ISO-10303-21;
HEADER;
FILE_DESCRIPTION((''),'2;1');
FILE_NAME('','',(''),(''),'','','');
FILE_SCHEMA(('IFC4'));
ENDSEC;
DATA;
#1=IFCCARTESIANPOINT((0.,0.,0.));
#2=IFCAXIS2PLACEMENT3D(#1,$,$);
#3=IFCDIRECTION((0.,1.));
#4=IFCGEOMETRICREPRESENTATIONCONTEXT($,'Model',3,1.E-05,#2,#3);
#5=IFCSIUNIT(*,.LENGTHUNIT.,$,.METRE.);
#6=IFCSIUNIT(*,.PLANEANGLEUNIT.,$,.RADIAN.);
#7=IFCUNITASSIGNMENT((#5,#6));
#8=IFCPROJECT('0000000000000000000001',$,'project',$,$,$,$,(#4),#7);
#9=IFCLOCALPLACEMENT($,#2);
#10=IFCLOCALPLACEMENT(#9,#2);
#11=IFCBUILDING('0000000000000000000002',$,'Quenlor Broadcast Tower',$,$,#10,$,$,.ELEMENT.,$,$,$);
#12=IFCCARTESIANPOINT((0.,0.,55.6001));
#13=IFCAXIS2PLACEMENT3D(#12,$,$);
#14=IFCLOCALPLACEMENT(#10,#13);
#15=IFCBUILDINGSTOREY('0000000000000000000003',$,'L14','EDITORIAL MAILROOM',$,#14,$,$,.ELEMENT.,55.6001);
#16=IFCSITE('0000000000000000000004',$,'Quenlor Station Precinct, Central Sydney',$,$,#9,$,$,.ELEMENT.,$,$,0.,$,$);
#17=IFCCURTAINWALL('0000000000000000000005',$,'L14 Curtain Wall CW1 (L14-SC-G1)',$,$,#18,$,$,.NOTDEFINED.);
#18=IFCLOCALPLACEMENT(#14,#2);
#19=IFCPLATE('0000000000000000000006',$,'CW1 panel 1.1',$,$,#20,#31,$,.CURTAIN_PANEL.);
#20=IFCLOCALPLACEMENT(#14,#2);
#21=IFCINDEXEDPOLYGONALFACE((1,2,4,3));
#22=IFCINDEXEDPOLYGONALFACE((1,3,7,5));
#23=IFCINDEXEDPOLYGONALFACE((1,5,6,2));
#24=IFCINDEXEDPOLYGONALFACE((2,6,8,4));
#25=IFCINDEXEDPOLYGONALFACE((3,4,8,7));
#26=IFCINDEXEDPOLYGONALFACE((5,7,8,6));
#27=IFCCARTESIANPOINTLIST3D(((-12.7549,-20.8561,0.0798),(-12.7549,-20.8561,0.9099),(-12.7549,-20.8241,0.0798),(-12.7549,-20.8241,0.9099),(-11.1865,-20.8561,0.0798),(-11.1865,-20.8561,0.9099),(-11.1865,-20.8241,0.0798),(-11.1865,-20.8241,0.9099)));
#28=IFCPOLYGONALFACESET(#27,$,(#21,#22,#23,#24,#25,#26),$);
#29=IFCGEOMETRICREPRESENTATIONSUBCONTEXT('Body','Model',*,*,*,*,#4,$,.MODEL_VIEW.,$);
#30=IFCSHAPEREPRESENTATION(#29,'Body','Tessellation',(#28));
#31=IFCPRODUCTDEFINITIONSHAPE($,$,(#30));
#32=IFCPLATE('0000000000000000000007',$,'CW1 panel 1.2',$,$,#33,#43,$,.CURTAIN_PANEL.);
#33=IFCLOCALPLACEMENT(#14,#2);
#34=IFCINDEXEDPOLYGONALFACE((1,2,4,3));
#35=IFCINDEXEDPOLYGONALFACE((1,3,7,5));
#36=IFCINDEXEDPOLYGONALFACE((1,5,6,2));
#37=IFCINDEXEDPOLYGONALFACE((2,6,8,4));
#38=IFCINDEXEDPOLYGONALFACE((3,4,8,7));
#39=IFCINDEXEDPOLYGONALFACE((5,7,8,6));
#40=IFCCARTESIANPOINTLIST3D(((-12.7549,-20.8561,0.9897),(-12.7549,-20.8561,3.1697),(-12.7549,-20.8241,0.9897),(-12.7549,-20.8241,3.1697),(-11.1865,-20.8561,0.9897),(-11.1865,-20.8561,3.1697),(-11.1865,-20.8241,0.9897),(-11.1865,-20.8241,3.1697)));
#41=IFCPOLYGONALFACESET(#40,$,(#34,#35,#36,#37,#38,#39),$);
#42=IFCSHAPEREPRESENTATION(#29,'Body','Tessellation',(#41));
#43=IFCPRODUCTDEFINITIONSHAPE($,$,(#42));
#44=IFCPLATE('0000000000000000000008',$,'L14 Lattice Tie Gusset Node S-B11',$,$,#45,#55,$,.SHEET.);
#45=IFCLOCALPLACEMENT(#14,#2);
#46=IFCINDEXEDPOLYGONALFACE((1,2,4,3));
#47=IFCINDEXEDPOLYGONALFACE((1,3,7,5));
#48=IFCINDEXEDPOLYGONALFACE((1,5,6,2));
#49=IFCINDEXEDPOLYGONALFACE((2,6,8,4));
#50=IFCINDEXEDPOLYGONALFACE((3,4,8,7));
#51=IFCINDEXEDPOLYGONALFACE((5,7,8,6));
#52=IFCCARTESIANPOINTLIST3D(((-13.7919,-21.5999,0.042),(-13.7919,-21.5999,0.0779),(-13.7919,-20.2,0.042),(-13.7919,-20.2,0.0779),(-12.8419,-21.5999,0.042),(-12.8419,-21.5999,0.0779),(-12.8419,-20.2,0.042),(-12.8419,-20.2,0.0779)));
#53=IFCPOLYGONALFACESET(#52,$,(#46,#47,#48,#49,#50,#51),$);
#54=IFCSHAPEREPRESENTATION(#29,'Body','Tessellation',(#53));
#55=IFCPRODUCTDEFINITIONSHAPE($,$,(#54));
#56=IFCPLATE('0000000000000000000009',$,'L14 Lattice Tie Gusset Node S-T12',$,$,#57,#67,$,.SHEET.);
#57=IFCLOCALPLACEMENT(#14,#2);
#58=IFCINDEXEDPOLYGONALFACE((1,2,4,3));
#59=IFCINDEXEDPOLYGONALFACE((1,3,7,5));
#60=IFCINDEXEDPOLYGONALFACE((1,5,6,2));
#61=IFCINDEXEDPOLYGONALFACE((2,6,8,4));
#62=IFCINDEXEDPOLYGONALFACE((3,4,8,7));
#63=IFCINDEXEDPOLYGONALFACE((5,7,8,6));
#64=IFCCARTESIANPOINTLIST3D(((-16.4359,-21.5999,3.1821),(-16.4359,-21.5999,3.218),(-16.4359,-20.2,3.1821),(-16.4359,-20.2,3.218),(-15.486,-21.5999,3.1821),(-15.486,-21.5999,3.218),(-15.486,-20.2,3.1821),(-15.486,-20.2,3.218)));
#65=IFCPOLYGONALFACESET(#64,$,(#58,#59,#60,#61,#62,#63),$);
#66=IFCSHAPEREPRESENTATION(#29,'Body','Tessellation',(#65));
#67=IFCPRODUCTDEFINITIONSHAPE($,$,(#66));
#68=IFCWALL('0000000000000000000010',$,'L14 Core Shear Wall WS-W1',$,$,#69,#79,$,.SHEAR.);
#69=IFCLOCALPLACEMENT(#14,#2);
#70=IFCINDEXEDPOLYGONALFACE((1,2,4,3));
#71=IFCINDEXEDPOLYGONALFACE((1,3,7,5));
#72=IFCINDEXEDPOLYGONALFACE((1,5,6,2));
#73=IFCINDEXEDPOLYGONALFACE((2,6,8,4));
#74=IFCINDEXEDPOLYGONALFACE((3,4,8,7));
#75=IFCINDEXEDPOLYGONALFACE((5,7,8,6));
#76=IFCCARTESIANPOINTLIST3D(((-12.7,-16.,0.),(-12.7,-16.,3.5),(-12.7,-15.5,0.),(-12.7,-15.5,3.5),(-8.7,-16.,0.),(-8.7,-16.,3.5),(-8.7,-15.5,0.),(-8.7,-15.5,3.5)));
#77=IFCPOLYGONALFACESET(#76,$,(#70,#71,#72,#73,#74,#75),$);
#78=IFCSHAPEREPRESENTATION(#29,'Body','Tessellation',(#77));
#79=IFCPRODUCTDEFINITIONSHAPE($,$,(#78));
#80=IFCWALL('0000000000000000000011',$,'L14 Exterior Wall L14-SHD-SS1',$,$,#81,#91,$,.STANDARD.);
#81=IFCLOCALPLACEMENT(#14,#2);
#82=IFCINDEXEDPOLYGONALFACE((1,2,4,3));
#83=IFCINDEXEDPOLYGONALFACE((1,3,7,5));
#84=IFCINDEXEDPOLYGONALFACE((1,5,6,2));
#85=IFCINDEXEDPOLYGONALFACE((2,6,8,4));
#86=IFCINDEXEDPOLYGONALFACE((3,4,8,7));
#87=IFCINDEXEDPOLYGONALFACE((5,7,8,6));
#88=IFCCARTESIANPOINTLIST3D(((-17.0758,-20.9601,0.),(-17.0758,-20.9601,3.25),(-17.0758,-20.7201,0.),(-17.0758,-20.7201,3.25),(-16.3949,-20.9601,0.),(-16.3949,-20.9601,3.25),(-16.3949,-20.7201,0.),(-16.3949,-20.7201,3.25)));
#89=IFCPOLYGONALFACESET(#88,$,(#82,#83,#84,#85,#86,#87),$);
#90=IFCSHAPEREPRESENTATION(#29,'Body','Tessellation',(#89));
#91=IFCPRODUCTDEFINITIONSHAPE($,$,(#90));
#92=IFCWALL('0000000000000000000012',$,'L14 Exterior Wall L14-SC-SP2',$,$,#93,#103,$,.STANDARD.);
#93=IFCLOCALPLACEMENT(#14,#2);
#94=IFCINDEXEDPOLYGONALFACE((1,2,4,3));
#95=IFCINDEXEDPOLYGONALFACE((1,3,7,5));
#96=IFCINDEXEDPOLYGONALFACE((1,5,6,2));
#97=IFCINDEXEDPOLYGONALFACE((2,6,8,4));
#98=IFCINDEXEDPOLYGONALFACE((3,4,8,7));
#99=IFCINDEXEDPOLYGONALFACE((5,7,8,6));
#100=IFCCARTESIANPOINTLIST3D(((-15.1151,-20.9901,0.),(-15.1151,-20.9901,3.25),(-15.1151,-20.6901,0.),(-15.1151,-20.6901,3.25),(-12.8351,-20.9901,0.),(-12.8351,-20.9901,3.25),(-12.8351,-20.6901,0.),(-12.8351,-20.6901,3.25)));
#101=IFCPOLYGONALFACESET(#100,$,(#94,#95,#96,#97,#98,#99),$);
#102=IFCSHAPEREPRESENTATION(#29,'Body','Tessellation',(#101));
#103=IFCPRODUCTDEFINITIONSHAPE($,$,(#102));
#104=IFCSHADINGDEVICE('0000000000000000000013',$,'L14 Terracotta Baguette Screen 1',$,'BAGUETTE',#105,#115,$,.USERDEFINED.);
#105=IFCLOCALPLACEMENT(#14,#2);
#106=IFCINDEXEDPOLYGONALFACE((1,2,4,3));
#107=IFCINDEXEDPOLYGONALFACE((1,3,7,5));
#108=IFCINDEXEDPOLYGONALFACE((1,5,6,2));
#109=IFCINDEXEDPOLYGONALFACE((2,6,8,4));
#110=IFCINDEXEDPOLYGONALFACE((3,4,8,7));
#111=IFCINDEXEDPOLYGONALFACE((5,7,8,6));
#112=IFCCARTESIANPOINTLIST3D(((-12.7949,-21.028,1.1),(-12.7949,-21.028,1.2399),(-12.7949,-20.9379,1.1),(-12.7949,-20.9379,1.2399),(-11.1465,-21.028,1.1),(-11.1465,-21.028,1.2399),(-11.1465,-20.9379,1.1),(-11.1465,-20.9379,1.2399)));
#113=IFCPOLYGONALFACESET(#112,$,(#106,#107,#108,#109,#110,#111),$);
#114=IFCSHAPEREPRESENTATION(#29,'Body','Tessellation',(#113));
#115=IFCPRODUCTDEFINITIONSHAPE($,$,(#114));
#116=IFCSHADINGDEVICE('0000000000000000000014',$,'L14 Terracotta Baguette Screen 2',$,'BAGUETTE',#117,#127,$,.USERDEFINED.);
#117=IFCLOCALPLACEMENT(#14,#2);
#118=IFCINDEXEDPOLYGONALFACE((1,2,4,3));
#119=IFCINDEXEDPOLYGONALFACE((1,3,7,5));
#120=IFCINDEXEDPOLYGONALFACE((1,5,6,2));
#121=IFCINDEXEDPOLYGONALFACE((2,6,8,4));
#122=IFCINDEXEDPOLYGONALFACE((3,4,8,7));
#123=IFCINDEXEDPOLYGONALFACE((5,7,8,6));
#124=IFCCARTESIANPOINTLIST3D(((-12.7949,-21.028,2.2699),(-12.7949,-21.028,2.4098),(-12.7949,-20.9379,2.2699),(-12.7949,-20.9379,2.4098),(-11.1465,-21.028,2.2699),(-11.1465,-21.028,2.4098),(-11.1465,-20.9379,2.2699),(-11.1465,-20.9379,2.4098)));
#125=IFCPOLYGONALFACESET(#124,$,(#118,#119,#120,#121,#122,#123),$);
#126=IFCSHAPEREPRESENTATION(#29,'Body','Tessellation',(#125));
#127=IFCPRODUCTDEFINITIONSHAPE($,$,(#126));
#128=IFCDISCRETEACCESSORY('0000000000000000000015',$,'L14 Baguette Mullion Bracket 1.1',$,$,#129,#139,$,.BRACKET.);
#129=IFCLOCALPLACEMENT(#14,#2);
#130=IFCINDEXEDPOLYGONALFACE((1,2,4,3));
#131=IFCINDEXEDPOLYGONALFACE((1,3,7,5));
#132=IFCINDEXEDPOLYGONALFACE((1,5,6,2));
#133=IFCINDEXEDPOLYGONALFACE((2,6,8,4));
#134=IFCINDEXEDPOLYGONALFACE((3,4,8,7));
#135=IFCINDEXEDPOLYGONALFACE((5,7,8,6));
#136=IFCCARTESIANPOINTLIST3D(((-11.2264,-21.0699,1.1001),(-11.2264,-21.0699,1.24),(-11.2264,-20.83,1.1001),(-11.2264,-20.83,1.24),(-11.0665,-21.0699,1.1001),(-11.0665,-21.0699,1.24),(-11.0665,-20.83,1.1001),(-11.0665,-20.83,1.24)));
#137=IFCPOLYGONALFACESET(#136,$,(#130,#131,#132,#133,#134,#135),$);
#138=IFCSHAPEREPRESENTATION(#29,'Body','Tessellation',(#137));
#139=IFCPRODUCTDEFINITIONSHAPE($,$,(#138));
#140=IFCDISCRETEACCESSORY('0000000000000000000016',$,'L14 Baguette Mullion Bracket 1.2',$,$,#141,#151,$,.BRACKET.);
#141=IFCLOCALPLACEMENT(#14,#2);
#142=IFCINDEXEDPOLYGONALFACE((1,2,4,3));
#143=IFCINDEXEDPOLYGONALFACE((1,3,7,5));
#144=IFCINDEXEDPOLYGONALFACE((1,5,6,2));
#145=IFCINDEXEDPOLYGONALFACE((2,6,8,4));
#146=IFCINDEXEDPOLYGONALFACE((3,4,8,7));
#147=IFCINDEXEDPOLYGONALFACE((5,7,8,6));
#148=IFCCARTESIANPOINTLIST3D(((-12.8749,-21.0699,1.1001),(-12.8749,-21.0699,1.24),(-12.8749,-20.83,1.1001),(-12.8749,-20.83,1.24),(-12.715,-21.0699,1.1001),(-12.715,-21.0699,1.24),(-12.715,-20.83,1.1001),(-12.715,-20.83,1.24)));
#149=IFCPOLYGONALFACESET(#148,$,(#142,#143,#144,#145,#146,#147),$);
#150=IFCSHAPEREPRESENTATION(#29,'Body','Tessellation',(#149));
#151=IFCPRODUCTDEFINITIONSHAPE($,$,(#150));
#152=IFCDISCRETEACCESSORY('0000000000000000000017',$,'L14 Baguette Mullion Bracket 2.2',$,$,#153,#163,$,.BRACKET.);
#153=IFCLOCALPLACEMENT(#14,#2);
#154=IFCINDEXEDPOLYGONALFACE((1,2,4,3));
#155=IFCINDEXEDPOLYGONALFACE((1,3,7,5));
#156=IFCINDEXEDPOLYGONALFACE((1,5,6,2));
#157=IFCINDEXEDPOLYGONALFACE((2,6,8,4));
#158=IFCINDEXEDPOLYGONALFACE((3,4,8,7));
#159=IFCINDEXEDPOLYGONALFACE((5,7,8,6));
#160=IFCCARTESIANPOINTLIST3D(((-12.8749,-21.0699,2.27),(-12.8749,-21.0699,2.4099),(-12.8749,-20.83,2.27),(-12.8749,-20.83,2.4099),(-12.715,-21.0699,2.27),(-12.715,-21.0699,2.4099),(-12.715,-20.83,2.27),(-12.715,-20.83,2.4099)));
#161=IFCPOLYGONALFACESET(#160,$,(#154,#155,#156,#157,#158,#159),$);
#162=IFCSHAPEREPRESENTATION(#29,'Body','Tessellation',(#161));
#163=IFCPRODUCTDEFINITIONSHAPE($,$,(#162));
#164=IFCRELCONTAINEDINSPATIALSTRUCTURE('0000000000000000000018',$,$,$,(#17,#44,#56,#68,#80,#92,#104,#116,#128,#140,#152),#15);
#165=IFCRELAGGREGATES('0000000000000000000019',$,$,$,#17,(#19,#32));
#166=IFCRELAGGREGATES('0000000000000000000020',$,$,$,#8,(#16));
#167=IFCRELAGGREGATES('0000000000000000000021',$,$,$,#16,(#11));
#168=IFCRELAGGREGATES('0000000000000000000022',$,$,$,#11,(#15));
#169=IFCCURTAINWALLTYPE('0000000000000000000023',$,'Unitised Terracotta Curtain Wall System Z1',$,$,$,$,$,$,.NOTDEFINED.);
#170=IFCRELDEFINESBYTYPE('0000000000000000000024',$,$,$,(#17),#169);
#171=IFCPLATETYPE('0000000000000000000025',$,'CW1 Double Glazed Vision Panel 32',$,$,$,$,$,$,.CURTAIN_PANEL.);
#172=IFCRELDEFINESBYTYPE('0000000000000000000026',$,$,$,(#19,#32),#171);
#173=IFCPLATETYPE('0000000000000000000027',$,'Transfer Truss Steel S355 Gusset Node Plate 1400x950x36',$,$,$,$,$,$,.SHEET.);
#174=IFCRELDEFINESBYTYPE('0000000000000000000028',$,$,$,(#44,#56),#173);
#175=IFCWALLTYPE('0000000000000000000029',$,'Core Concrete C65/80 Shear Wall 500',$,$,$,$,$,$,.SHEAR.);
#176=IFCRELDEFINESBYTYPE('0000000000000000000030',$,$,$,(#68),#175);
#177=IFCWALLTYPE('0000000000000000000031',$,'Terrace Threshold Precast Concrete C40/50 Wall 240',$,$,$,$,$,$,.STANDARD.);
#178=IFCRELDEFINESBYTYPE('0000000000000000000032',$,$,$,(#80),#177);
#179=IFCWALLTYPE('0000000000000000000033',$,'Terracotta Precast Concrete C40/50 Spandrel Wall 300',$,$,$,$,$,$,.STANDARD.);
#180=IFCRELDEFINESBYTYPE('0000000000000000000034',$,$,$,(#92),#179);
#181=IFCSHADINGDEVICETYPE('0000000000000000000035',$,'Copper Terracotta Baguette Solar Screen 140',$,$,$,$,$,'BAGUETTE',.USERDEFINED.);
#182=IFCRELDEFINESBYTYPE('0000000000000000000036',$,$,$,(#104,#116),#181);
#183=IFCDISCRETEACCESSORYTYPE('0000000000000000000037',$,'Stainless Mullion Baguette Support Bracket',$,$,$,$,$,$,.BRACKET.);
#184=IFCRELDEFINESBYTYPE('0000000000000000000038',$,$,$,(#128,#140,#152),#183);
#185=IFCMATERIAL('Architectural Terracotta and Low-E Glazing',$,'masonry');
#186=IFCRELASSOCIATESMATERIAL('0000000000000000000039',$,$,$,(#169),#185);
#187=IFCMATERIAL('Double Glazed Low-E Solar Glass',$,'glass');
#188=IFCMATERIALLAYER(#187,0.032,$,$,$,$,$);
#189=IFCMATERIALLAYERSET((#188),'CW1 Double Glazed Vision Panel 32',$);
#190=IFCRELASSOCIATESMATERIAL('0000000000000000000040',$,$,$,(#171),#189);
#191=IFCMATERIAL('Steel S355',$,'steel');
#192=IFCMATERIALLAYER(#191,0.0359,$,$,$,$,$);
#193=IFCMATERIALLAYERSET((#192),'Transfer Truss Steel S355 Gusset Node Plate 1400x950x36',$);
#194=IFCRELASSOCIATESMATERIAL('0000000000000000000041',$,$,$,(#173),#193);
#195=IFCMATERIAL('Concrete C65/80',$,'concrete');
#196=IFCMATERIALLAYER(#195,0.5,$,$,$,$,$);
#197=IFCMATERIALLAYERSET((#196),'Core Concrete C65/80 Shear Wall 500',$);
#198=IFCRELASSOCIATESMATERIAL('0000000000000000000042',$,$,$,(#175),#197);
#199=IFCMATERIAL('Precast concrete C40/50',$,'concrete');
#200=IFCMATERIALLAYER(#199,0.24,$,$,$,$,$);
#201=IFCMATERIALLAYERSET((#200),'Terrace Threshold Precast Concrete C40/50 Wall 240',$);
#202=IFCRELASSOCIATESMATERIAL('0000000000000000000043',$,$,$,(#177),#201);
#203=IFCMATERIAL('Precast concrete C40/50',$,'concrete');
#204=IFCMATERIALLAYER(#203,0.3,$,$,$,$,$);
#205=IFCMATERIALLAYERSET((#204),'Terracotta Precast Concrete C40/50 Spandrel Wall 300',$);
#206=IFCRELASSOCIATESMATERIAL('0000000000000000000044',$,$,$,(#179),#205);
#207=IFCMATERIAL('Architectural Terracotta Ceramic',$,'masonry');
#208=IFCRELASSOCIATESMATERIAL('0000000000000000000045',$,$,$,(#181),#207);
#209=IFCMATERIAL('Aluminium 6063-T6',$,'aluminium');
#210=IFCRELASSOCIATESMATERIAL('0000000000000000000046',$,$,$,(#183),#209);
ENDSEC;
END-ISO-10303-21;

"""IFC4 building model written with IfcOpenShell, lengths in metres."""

from ifc_helpers import new_model, si_unit, direction, frame, frame_2d, origin, origin_2d, place, context, subcontext, project, spatial, rectangle, extrude, material, layer, layer_set, material_profile, profile_set, type_object, element, aggregate, save


model = new_model("IFC4")

# Units and contexts
model_context = context("Model", 3, precision=1e-05, world=origin(), true_north=direction((0.0, 1.0)))
body_context = subcontext(model_context, "Body", "Model", "MODEL_VIEW")
ifc_project = project(units=[si_unit("LENGTHUNIT", "METRE"), si_unit("PLANEANGLEUNIT", "RADIAN")], contexts=[model_context])

# Site, building, storey
site_placement = place(None, origin())
site = spatial("IfcSite", under=ifc_project, at=site_placement, Name="Quenlor Station Precinct, Central Sydney", CompositionType="ELEMENT", RefElevation=0.0)
building_placement = place(site_placement, origin())
building = spatial("IfcBuilding", under=site, at=building_placement, Name="Quenlor Broadcast Tower", CompositionType="ELEMENT")
storey_placement = place(building_placement, frame((0.0, 0.0, 55.6001)))
storey = spatial("IfcBuildingStorey", under=building, at=storey_placement, Name="L14", Description="EDITORIAL MAILROOM", CompositionType="ELEMENT", Elevation=55.6001)

# Curtain wall
ifc_material_1 = material(Name="Architectural Terracotta and Low-E Glazing", Category="masonry")
curtain_wall_type = type_object("IfcCurtainWallType", Name="Unitised Terracotta Curtain Wall System Z1", PredefinedType="NOTDEFINED", material=ifc_material_1)
curtain_wall_placement = place(storey_placement, origin())
curtain_wall = element("IfcCurtainWall", 1, at=curtain_wall_placement, inside=storey, type_object=curtain_wall_type, Name="L14 Curtain Wall CW1 (L14-SC-G1)", PredefinedType="NOTDEFINED")

# Plates
ifc_material_2 = material(Name="Double Glazed Low-E Solar Glass", Category="glass")
ifc_layer_1 = layer(ifc_material_2, 0.032)
ifc_layer_set_1 = layer_set([ifc_layer_1], Name="CW1 Double Glazed Vision Panel 32")
plate_type_1 = type_object("IfcPlateType", Name="CW1 Double Glazed Vision Panel 32", PredefinedType="CURTAIN_PANEL", material=ifc_layer_set_1)
plate_1_placement = place(storey_placement, frame((-11.9707, -20.8401, 0.0798), z_axis=(0.0, 0.0, 1.0), x_axis=(-1.0, 0.0, 0.0)))
plate_1 = element("IfcPlate", 2, at=plate_1_placement, type_object=plate_type_1, Name="CW1 panel 1.1", PredefinedType="CURTAIN_PANEL", context=body_context, shape_type="SweptSolid", body=[
    extrude(rectangle(XDim=1.5684, YDim=0.032, at=origin_2d()), origin(), (0.0, 0.0, 1.0), 0.8301),
])
plate_2_placement = place(storey_placement, frame((-11.9707, -20.8401, 0.9897), z_axis=(0.0, 0.0, 1.0), x_axis=(-1.0, 0.0, 0.0)))
plate_2 = element("IfcPlate", 3, at=plate_2_placement, type_object=plate_type_1, Name="CW1 panel 1.2", PredefinedType="CURTAIN_PANEL", context=body_context, shape_type="SweptSolid", body=[
    extrude(rectangle(XDim=1.5684, YDim=0.032, at=origin_2d()), origin(), (0.0, 0.0, 1.0), 2.1799),
])
aggregate(curtain_wall, [plate_1, plate_2])

# Plates
ifc_material_3 = material(Name="Steel S355", Category="steel")
ifc_layer_2 = layer(ifc_material_3, 0.0359)
ifc_layer_set_2 = layer_set([ifc_layer_2], Name="Transfer Truss Steel S355 Gusset Node Plate 1400x950x36")
plate_type_2 = type_object("IfcPlateType", Name="Transfer Truss Steel S355 Gusset Node Plate 1400x950x36", PredefinedType="SHEET", material=ifc_layer_set_2)
for number, where, z_axis, x_axis, name in (
    (4, (-13.3169, -20.8999, 0.042), (0.0, 0.0, 1.0), (0.0, -1.0, 0.0), "L14 Lattice Tie Gusset Node S-B11"),
    (5, (-15.9609, -20.8999, 3.1821), (0.0, 0.0, 1.0), (0.0, -1.0, 0.0), "L14 Lattice Tie Gusset Node S-T12"),
):
    element("IfcPlate", number, at=place(storey_placement, frame(where, z_axis=z_axis, x_axis=x_axis)), inside=storey, type_object=plate_type_2, Name=name, PredefinedType="SHEET", context=body_context, shape_type="SweptSolid", body=[
        extrude(rectangle(XDim=1.3999, YDim=0.95, at=origin_2d()), origin(), (0.0, 0.0, 1.0), 0.0359),
    ])

# Walls
ifc_material_4 = material(Name="Concrete C65/80", Category="concrete")
ifc_layer_3 = layer(ifc_material_4, 0.5)
ifc_layer_set_3 = layer_set([ifc_layer_3], Name="Core Concrete C65/80 Shear Wall 500")
wall_type_1 = type_object("IfcWallType", Name="Core Concrete C65/80 Shear Wall 500", PredefinedType="SHEAR", material=ifc_layer_set_3)
wall_1_placement = place(storey_placement, frame((-12.7, -15.75, 0.0), z_axis=(0.0, 0.0, 1.0), x_axis=(1.0, 0.0, 0.0)))
element("IfcWall", 6, at=wall_1_placement, inside=storey, type_object=wall_type_1, Name="L14 Core Shear Wall WS-W1", PredefinedType="SHEAR", context=body_context, shape_type="SweptSolid", body=[
    extrude(rectangle(XDim=4.0, YDim=0.5, at=frame_2d((2.0, 0.0))), origin(), (0.0, 0.0, 1.0), 3.5),
])
ifc_material_5 = material(Name="Precast concrete C40/50", Category="concrete")
ifc_layer_4 = layer(ifc_material_5, 0.24)
ifc_layer_set_4 = layer_set([ifc_layer_4], Name="Terrace Threshold Precast Concrete C40/50 Wall 240")
wall_type_2 = type_object("IfcWallType", Name="Terrace Threshold Precast Concrete C40/50 Wall 240", PredefinedType="STANDARD", material=ifc_layer_set_4)
wall_2_placement = place(storey_placement, frame((-16.395, -20.8401, 0.0), z_axis=(0.0, 0.0, 1.0), x_axis=(-1.0, 0.0, 0.0)))
element("IfcWall", 7, at=wall_2_placement, inside=storey, type_object=wall_type_2, Name="L14 Exterior Wall L14-SHD-SS1", PredefinedType="STANDARD", context=body_context, shape_type="SweptSolid", body=[
    extrude(rectangle(XDim=0.6809, YDim=0.24, at=frame_2d((0.3403, 0.0))), origin(), (0.0, 0.0, 1.0), 3.25),
])
ifc_material_6 = material(Name="Precast concrete C40/50", Category="concrete")
ifc_layer_5 = layer(ifc_material_6, 0.3)
ifc_layer_set_5 = layer_set([ifc_layer_5], Name="Terracotta Precast Concrete C40/50 Spandrel Wall 300")
wall_type_3 = type_object("IfcWallType", Name="Terracotta Precast Concrete C40/50 Spandrel Wall 300", PredefinedType="STANDARD", material=ifc_layer_set_5)
wall_3_placement = place(storey_placement, frame((-12.835, -20.8401, 0.0), z_axis=(0.0, 0.0, 1.0), x_axis=(-1.0, 0.0, 0.0)))
element("IfcWall", 8, at=wall_3_placement, inside=storey, type_object=wall_type_3, Name="L14 Exterior Wall L14-SC-SP2", PredefinedType="STANDARD", context=body_context, shape_type="SweptSolid", body=[
    extrude(rectangle(XDim=2.28, YDim=0.3, at=frame_2d((1.1401, 0.0))), origin(), (0.0, 0.0, 1.0), 3.25),
])

# Shading devices
ifc_material_7 = material(Name="Architectural Terracotta Ceramic", Category="masonry")
ifc_material_profile_1 = material_profile(ifc_material_7, rectangle(XDim=0.0901, YDim=0.1399, at=origin_2d()))
ifc_profile_set_1 = profile_set([ifc_material_profile_1], Name="Architectural Terracotta Ceramic BAG90x140")
shading_device_type = type_object("IfcShadingDeviceType", Name="Copper Terracotta Baguette Solar Screen 140", ElementType="BAGUETTE", PredefinedType="USERDEFINED", material=ifc_profile_set_1)
for number, where, z_axis, x_axis, name in (
    (9, (-11.1465, -20.9829, 1.1699), (-1.0, 0.0, 0.0), (0.0, -1.0, 0.0), "L14 Terracotta Baguette Screen 1"),
    (10, (-11.1465, -20.9829, 2.3398), (-1.0, 0.0, 0.0), (0.0, -1.0, 0.0), "L14 Terracotta Baguette Screen 2"),
):
    element("IfcShadingDevice", number, at=place(storey_placement, frame(where, z_axis=z_axis, x_axis=x_axis)), inside=storey, type_object=shading_device_type, Name=name, ObjectType="BAGUETTE", PredefinedType="USERDEFINED", context=body_context, shape_type="SweptSolid", body=[
        extrude(rectangle(XDim=0.0901, YDim=0.1399, at=origin_2d()), origin(), (0.0, 0.0, 1.0), 1.6484),
    ])

# Discrete accessories
ifc_material_8 = material(Name="Aluminium 6063-T6", Category="aluminium")
discrete_accessory_type = type_object("IfcDiscreteAccessoryType", Name="Stainless Mullion Baguette Support Bracket", PredefinedType="BRACKET", material=ifc_material_8)
for number, where, z_axis, x_axis, name in (
    (11, (-11.1465, -20.95, 1.1001), (0.0, 0.0, 1.0), (-1.0, 0.0, 0.0), "L14 Baguette Mullion Bracket 1.1"),
    (12, (-12.7949, -20.95, 1.1001), (0.0, 0.0, 1.0), (-1.0, 0.0, 0.0), "L14 Baguette Mullion Bracket 1.2"),
    (13, (-12.7949, -20.95, 2.27), (0.0, 0.0, 1.0), (-1.0, 0.0, 0.0), "L14 Baguette Mullion Bracket 2.2"),
):
    element("IfcDiscreteAccessory", number, at=place(storey_placement, frame(where, z_axis=z_axis, x_axis=x_axis)), inside=storey, type_object=discrete_accessory_type, Name=name, PredefinedType="BRACKET", context=body_context, shape_type="SweptSolid", body=[
        extrude(rectangle(XDim=0.1599, YDim=0.24, at=origin_2d()), origin(), (0.0, 0.0, 1.0), 0.1399),
    ])

save(model, "model.ifc")
